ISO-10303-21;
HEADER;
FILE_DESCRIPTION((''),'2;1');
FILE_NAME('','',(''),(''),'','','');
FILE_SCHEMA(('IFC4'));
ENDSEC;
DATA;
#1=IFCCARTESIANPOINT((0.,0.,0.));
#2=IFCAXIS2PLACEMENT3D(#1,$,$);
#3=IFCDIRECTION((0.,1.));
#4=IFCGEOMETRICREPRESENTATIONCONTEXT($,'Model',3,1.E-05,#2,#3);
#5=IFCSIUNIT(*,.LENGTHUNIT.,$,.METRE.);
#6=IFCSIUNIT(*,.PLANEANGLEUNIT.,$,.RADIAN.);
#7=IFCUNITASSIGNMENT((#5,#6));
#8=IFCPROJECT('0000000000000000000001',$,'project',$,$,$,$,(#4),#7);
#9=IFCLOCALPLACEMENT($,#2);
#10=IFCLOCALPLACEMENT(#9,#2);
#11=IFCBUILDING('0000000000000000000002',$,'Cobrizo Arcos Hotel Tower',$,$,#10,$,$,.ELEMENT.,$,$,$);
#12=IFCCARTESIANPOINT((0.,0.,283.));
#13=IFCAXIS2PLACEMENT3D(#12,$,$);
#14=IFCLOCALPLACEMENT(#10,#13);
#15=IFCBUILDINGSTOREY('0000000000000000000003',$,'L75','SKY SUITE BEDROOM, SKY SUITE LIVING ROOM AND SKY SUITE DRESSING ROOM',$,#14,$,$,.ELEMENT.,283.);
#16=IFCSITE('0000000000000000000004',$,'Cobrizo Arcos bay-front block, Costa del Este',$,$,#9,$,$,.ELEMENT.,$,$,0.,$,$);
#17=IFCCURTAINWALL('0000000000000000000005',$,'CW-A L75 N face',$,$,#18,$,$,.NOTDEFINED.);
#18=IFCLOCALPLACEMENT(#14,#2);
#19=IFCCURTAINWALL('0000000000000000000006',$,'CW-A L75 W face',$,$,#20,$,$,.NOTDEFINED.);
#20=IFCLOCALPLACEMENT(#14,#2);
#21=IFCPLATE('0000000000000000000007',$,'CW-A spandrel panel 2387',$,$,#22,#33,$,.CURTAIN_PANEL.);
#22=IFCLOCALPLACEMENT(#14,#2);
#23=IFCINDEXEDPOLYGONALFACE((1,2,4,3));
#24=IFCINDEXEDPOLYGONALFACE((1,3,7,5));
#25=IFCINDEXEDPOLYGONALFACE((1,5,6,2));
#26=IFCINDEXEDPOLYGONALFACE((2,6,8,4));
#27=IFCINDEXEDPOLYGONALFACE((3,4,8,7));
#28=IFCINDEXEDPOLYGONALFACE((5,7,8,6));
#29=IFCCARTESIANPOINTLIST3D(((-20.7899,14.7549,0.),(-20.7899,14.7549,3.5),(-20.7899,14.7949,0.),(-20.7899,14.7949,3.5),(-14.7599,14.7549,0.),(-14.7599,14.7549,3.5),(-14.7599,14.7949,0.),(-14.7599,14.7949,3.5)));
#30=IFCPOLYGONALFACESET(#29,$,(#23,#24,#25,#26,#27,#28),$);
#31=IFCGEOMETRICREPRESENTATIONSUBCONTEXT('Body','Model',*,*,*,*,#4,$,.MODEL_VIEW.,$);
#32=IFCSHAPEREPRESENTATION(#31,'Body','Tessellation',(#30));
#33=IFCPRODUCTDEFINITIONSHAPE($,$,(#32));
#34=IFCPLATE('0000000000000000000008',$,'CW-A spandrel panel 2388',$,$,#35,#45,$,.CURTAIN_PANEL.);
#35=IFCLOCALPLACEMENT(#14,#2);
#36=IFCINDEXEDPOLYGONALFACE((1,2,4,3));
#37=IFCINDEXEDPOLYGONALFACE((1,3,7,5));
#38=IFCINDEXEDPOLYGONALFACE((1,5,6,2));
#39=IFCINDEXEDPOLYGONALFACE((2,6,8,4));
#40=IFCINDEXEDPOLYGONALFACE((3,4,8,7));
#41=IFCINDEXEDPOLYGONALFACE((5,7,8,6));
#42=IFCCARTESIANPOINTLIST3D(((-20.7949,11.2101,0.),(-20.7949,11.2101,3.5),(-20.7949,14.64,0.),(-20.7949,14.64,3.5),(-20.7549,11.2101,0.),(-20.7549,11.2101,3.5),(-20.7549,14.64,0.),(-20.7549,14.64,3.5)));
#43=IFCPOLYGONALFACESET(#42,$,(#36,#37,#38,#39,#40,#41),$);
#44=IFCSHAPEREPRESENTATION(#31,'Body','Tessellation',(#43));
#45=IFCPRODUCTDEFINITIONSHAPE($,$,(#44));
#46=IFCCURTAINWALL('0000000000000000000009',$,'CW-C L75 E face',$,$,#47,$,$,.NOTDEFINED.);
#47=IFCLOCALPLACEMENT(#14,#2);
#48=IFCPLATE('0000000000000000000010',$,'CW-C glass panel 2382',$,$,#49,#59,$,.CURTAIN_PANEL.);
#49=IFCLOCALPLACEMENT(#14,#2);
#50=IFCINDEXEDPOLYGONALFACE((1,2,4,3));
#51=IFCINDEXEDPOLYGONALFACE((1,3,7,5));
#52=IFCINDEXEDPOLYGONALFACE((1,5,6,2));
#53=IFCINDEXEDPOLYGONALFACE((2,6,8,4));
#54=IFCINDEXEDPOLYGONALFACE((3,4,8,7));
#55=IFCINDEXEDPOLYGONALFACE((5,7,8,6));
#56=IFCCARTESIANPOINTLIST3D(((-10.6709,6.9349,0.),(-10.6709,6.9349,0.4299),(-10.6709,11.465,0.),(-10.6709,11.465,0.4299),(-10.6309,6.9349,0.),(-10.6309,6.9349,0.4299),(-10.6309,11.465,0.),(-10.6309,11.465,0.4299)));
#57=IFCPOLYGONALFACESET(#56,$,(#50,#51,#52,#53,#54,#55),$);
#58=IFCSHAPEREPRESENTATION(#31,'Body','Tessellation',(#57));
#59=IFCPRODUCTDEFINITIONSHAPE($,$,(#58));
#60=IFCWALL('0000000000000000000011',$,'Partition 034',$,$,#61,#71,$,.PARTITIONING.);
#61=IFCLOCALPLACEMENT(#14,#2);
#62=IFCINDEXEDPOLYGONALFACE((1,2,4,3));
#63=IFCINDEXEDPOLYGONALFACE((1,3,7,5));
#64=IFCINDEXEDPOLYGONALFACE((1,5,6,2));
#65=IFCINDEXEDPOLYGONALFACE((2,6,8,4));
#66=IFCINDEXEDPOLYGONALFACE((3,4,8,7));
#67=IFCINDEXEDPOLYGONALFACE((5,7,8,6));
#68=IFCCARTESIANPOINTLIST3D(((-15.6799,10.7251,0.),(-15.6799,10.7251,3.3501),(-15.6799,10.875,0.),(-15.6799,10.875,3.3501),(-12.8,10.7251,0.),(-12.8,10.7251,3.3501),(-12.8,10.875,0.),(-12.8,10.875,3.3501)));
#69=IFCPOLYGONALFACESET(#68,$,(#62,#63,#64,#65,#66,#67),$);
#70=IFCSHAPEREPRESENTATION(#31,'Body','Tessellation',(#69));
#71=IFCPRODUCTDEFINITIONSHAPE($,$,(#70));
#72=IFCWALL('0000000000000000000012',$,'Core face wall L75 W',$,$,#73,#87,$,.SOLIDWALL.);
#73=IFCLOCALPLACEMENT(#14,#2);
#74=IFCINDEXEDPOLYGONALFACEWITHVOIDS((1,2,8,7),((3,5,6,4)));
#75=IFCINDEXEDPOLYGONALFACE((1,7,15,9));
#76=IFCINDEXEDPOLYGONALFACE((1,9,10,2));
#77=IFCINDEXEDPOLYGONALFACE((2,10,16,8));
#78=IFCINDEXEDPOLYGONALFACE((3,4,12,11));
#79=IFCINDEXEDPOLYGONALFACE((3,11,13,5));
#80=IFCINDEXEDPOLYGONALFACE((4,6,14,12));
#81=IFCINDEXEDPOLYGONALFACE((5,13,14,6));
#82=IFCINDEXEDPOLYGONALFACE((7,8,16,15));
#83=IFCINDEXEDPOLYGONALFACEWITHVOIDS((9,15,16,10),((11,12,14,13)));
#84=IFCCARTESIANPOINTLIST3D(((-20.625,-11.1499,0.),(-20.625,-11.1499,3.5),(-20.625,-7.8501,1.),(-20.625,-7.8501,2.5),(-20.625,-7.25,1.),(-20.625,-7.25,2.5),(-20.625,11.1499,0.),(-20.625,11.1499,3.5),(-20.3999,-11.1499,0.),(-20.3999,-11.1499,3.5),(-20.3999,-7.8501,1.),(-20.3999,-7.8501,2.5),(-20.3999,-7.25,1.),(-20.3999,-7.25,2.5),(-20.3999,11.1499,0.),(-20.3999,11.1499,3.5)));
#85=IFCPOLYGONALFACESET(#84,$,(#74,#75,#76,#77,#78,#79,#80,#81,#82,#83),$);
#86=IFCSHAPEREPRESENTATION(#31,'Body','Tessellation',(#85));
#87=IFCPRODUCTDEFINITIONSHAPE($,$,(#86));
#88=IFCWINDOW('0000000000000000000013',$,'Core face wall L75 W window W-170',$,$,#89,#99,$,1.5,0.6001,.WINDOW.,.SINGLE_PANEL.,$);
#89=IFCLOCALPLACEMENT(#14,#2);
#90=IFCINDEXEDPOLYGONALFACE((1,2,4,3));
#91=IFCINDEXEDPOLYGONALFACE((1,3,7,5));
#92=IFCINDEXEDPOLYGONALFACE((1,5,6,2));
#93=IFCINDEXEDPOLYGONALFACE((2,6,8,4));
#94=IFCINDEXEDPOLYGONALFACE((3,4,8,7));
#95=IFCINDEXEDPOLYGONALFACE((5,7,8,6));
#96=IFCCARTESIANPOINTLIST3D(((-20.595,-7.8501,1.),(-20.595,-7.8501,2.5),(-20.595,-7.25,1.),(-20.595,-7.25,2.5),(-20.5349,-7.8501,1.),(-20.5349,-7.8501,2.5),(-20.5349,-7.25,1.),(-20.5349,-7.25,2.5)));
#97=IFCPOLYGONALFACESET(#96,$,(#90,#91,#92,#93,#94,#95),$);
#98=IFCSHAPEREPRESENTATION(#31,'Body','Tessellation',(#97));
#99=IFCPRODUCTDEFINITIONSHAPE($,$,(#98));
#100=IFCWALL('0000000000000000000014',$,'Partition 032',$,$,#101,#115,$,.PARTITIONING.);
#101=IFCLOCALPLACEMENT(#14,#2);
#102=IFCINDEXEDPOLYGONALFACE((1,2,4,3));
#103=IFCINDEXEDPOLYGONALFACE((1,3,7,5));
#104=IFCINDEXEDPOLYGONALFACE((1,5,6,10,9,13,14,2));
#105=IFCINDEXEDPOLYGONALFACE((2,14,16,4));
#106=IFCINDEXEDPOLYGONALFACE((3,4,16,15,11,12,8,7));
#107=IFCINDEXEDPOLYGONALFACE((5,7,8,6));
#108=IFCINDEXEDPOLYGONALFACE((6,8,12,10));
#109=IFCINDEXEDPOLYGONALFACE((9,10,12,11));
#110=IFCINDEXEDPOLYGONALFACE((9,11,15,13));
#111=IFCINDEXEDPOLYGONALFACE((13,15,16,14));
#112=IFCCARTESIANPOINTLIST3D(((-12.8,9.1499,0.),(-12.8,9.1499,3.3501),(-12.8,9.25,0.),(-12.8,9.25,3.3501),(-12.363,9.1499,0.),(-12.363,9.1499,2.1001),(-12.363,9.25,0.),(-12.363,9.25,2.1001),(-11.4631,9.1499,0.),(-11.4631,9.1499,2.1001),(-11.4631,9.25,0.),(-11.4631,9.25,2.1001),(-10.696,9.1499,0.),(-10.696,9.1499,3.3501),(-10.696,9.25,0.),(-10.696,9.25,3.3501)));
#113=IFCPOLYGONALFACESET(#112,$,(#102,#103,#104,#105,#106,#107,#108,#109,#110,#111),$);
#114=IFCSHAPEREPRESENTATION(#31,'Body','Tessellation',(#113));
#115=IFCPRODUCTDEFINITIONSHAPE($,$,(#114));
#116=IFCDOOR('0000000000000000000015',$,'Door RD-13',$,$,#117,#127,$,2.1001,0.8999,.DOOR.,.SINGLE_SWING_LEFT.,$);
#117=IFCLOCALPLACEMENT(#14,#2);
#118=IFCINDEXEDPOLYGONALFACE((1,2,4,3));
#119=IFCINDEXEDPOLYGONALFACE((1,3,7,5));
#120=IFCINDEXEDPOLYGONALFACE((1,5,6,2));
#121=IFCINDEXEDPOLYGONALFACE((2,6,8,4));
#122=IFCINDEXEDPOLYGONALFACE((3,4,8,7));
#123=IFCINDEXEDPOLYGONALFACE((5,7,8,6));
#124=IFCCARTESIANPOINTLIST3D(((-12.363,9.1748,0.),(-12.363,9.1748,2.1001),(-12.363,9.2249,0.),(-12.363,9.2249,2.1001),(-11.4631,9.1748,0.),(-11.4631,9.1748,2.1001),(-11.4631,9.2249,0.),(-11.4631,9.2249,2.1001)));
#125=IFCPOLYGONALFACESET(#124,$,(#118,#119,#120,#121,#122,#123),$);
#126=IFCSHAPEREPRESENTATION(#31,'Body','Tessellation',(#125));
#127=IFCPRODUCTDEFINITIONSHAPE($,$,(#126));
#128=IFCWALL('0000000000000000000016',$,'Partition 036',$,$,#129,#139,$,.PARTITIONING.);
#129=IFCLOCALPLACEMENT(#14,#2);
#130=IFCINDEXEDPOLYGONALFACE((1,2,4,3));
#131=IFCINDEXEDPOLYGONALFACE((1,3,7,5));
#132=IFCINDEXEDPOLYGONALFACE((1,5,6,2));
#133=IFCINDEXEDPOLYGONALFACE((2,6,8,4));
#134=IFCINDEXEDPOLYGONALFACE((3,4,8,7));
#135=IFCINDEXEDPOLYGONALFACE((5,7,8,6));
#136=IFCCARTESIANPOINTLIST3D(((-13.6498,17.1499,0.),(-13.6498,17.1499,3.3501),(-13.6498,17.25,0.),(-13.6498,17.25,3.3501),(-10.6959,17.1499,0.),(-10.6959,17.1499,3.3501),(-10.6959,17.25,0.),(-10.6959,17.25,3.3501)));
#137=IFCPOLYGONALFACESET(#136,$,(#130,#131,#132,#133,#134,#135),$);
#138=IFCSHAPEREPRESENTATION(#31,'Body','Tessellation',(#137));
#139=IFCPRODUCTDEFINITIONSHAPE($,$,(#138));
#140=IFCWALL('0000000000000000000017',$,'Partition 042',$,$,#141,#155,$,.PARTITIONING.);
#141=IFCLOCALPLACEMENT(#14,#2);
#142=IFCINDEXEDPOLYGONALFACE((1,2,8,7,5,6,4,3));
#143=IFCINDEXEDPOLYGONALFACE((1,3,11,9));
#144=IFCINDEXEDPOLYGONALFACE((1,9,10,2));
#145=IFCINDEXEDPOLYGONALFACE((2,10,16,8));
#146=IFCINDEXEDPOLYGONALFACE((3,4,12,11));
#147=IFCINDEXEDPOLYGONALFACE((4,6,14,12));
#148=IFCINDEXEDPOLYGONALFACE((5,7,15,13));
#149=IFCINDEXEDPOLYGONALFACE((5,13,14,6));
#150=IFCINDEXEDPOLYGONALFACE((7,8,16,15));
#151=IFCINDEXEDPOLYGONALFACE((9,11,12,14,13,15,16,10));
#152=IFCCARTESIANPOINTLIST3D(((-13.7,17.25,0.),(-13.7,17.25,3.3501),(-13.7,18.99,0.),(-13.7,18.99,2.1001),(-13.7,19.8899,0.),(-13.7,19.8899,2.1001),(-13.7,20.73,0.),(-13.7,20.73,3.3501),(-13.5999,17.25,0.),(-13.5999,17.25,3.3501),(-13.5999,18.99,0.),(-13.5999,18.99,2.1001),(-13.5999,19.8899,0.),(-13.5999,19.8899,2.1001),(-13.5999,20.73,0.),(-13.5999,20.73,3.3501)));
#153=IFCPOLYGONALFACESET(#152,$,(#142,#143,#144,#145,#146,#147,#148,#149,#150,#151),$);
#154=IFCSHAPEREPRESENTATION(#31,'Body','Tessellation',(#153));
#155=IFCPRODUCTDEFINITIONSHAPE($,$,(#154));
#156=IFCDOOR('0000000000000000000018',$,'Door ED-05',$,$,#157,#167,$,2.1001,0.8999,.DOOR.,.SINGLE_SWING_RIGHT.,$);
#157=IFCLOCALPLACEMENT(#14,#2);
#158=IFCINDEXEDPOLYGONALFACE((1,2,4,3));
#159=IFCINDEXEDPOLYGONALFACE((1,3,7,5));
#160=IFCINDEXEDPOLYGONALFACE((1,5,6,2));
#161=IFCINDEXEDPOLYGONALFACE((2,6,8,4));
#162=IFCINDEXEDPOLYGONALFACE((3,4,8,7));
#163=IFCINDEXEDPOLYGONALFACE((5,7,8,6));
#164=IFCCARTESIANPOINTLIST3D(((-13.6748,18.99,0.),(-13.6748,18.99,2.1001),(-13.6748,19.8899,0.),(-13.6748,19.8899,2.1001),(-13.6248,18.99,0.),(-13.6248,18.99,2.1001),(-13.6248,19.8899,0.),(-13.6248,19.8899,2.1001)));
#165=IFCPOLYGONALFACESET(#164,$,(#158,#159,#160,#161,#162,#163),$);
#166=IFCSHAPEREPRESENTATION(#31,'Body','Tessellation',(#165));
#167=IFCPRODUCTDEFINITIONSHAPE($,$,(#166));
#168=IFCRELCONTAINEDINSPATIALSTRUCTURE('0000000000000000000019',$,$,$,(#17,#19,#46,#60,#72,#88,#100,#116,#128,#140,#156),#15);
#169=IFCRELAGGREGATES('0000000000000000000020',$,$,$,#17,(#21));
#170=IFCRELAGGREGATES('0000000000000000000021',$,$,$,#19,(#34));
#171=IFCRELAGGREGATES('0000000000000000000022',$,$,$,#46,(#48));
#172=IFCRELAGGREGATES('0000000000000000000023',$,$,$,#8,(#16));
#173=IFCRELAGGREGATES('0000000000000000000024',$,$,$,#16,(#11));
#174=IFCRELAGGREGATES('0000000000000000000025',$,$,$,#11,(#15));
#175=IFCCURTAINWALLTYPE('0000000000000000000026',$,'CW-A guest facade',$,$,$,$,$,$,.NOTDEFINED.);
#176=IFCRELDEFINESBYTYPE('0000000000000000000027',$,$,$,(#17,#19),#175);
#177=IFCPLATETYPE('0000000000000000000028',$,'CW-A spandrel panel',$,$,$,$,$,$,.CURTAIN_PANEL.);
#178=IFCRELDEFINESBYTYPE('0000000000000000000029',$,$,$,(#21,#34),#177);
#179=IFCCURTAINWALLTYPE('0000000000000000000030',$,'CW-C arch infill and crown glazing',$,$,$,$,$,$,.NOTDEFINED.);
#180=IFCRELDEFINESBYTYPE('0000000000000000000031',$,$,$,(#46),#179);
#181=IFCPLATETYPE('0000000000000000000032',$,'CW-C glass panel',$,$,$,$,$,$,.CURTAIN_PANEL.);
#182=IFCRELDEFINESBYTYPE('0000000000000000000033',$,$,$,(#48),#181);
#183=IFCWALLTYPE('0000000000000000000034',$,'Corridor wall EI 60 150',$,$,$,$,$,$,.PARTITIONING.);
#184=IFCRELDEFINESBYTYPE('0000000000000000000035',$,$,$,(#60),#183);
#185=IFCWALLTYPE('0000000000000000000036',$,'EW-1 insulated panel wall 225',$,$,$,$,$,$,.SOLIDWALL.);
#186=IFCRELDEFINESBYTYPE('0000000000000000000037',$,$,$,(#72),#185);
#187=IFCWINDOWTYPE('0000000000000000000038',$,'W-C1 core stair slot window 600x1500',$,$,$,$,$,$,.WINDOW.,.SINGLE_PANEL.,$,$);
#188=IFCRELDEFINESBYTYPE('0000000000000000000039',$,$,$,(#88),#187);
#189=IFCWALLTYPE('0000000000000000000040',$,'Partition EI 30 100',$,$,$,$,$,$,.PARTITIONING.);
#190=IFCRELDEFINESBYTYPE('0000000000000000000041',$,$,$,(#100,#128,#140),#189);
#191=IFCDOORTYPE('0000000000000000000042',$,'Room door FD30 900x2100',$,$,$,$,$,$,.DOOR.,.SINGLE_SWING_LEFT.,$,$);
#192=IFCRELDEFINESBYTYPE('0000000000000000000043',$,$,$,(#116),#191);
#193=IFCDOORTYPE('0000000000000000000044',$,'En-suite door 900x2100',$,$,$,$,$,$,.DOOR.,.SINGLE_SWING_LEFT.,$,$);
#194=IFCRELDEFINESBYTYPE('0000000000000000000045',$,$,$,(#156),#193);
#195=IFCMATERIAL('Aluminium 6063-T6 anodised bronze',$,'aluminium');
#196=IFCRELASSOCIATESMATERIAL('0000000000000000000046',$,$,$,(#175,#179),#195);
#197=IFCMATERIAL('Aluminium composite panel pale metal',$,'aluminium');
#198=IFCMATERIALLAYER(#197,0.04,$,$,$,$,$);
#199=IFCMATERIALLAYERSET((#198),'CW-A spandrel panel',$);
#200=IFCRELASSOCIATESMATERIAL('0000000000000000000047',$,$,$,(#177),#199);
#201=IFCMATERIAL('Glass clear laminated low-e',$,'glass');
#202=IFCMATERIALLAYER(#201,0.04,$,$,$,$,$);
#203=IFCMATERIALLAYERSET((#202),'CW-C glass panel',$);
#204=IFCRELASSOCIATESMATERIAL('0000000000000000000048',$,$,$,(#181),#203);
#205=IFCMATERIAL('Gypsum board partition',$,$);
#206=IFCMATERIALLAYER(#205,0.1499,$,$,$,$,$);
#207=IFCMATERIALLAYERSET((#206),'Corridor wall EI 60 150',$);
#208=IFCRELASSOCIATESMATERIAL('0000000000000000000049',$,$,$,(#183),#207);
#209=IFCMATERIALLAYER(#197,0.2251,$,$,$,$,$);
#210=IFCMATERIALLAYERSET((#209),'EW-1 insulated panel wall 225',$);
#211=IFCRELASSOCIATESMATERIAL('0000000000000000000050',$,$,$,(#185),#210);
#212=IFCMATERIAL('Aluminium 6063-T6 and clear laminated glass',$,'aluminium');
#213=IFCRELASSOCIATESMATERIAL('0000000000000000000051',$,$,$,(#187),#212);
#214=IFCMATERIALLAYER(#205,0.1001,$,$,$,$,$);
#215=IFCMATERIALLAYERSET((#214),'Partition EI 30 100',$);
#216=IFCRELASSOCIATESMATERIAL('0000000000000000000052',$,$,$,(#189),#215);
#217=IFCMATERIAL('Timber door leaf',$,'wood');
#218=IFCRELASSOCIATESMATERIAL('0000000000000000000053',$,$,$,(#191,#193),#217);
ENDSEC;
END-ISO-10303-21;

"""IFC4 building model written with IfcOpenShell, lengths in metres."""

from ifc_helpers import new_model, si_unit, direction, frame, frame_2d, origin, origin_2d, place, context, subcontext, project, spatial, rectangle, extrude, material, layer, layer_set, type_object, element, fill, aggregate, save


model = new_model("IFC4")

# Units and contexts
model_context = context("Model", 3, precision=1e-05, world=origin(), true_north=direction((0.0, 1.0)))
body_context = subcontext(model_context, "Body", "Model", "MODEL_VIEW")
ifc_project = project(units=[si_unit("LENGTHUNIT", "METRE"), si_unit("PLANEANGLEUNIT", "RADIAN")], contexts=[model_context])

# Site, building, storey
site_placement = place(None, origin())
site = spatial("IfcSite", under=ifc_project, at=site_placement, Name="Cobrizo Arcos bay-front block, Costa del Este", CompositionType="ELEMENT", RefElevation=0.0)
building_placement = place(site_placement, origin())
building = spatial("IfcBuilding", under=site, at=building_placement, Name="Cobrizo Arcos Hotel Tower", CompositionType="ELEMENT")
storey_placement = place(building_placement, frame((0.0, 0.0, 283.0)))
storey = spatial("IfcBuildingStorey", under=building, at=storey_placement, Name="L75", Description="SKY SUITE BEDROOM, SKY SUITE LIVING ROOM AND SKY SUITE DRESSING ROOM", CompositionType="ELEMENT", Elevation=283.0)

# Shared definitions
ifc_material_1 = material(Name="Aluminium 6063-T6 anodised bronze", Category="aluminium")
curtain_wall_type_1 = type_object("IfcCurtainWallType", Name="CW-A guest facade", PredefinedType="NOTDEFINED", material=ifc_material_1)

# Curtain walls
curtain_wall_1_placement = place(storey_placement, origin())
curtain_wall_1 = element("IfcCurtainWall", 1, at=curtain_wall_1_placement, inside=storey, type_object=curtain_wall_type_1, Name="CW-A L75 N face", PredefinedType="NOTDEFINED")
curtain_wall_2_placement = place(storey_placement, origin())
curtain_wall_2 = element("IfcCurtainWall", 2, at=curtain_wall_2_placement, inside=storey, type_object=curtain_wall_type_1, Name="CW-A L75 W face", PredefinedType="NOTDEFINED")

# Plates
ifc_material_2 = material(Name="Aluminium composite panel pale metal", Category="aluminium")
ifc_layer_1 = layer(ifc_material_2, 0.04)
ifc_layer_set_1 = layer_set([ifc_layer_1], Name="CW-A spandrel panel")
plate_type_1 = type_object("IfcPlateType", Name="CW-A spandrel panel", PredefinedType="CURTAIN_PANEL", material=ifc_layer_set_1)
plate_1_placement = place(storey_placement, frame((-17.7749, 14.7749, 0.0), z_axis=(0.0, 0.0, 1.0), x_axis=(-1.0, 0.0, 0.0)))
plate_1 = element("IfcPlate", 3, at=plate_1_placement, type_object=plate_type_1, Name="CW-A spandrel panel 2387", PredefinedType="CURTAIN_PANEL", context=body_context, shape_type="SweptSolid", body=[
    extrude(rectangle(XDim=6.03, YDim=0.04, at=origin_2d()), origin(), (0.0, 0.0, 1.0), 3.5),
])
aggregate(curtain_wall_1, [plate_1])
plate_2_placement = place(storey_placement, frame((-20.7749, 12.925, 0.0), z_axis=(0.0, 0.0, 1.0), x_axis=(0.0, -1.0, 0.0)))
plate_2 = element("IfcPlate", 4, at=plate_2_placement, type_object=plate_type_1, Name="CW-A spandrel panel 2388", PredefinedType="CURTAIN_PANEL", context=body_context, shape_type="SweptSolid", body=[
    extrude(rectangle(XDim=3.4299, YDim=0.04, at=origin_2d()), origin(), (0.0, 0.0, 1.0), 3.5),
])
aggregate(curtain_wall_2, [plate_2])

# Curtain wall, plate
curtain_wall_type_2 = type_object("IfcCurtainWallType", Name="CW-C arch infill and crown glazing", PredefinedType="NOTDEFINED", material=ifc_material_1)
curtain_wall_3_placement = place(storey_placement, origin())
curtain_wall_3 = element("IfcCurtainWall", 5, at=curtain_wall_3_placement, inside=storey, type_object=curtain_wall_type_2, Name="CW-C L75 E face", PredefinedType="NOTDEFINED")
ifc_material_3 = material(Name="Glass clear laminated low-e", Category="glass")
ifc_layer_2 = layer(ifc_material_3, 0.04)
ifc_layer_set_2 = layer_set([ifc_layer_2], Name="CW-C glass panel")
plate_type_2 = type_object("IfcPlateType", Name="CW-C glass panel", PredefinedType="CURTAIN_PANEL", material=ifc_layer_set_2)
plate_3_placement = place(storey_placement, frame((-10.6509, 9.2, 0.0), z_axis=(0.0, 0.0, 1.0), x_axis=(0.0, 1.0, 0.0)))
plate_3 = element("IfcPlate", 6, at=plate_3_placement, type_object=plate_type_2, Name="CW-C glass panel 2382", PredefinedType="CURTAIN_PANEL", context=body_context, shape_type="SweptSolid", body=[
    extrude(rectangle(XDim=4.53, YDim=0.04, at=origin_2d()), origin(), (0.0, 0.0, 1.0), 0.4299),
])
aggregate(curtain_wall_3, [plate_3])

# Wall
ifc_material_4 = material(Name="Gypsum board partition")
ifc_layer_3 = layer(ifc_material_4, 0.1499)
ifc_layer_set_3 = layer_set([ifc_layer_3], Name="Corridor wall EI 60 150")
wall_type_1 = type_object("IfcWallType", Name="Corridor wall EI 60 150", PredefinedType="PARTITIONING", material=ifc_layer_set_3)
wall_1_placement = place(storey_placement, frame((-15.6799, 10.8, 0.0), z_axis=(0.0, 0.0, 1.0), x_axis=(1.0, 0.0, 0.0)))
element("IfcWall", 7, at=wall_1_placement, inside=storey, type_object=wall_type_1, Name="Partition 034", PredefinedType="PARTITIONING", context=body_context, shape_type="SweptSolid", body=[
    extrude(rectangle(XDim=2.8799, YDim=0.1499, at=frame_2d((1.4399, 0.0))), origin(), (0.0, 0.0, 1.0), 3.3501),
])

# Wall, opening, window
ifc_layer_4 = layer(ifc_material_2, 0.2251)
ifc_layer_set_4 = layer_set([ifc_layer_4], Name="EW-1 insulated panel wall 225")
wall_type_2 = type_object("IfcWallType", Name="EW-1 insulated panel wall 225", PredefinedType="SOLIDWALL", material=ifc_layer_set_4)
wall_2_placement = place(storey_placement, frame((-20.5125, 11.1499, 0.0), z_axis=(0.0, 0.0, 1.0), x_axis=(0.0, -1.0, 0.0)))
wall_2 = element("IfcWall", 8, at=wall_2_placement, inside=storey, type_object=wall_type_2, Name="Core face wall L75 W", PredefinedType="SOLIDWALL", context=body_context, shape_type="SweptSolid", body=[
    extrude(rectangle(XDim=22.2998, YDim=0.2251, at=frame_2d((11.1499, 0.0))), origin(), (0.0, 0.0, 1.0), 3.5),
])
opening_1_placement = place(wall_2_placement, frame((18.3999, 0.0, 1.0)))
opening_1 = element("IfcOpeningElement", 9, at=opening_1_placement, cuts=wall_2, PredefinedType="OPENING", context=body_context, shape_type="SweptSolid", body=[
    extrude(rectangle(XDim=0.6001, YDim=1.5, at=frame_2d((0.3, 0.75))), frame((0.0, 0.1245, 0.0), z_axis=(0.0, -1.0, 0.0), x_axis=(1.0, 0.0, 0.0)), (0.0, 0.0, 1.0), 0.249),
])
ifc_material_5 = material(Name="Aluminium 6063-T6 and clear laminated glass", Category="aluminium")
window_type = type_object("IfcWindowType", Name="W-C1 core stair slot window 600x1500", PartitioningType="SINGLE_PANEL", PredefinedType="WINDOW", material=ifc_material_5)
window_placement = place(opening_1_placement, origin())
window = element("IfcWindow", 10, at=window_placement, inside=storey, type_object=window_type, Name="Core face wall L75 W window W-170", OverallHeight=1.5, OverallWidth=0.6001, PartitioningType="SINGLE_PANEL", PredefinedType="WINDOW", context=body_context, shape_type="SweptSolid", body=[
    extrude(rectangle(XDim=0.6001, YDim=1.5, at=frame_2d((0.3, 0.75))), frame((0.0, -0.0225, 0.0), z_axis=(0.0, -1.0, 0.0), x_axis=(1.0, 0.0, 0.0)), (0.0, 0.0, 1.0), 0.0601),
])
fill(opening_1, window)

# Wall, opening, door
ifc_layer_5 = layer(ifc_material_4, 0.1001)
ifc_layer_set_5 = layer_set([ifc_layer_5], Name="Partition EI 30 100")
wall_type_3 = type_object("IfcWallType", Name="Partition EI 30 100", PredefinedType="PARTITIONING", material=ifc_layer_set_5)
wall_3_placement = place(storey_placement, frame((-12.8, 9.2, 0.0), z_axis=(0.0, 0.0, 1.0), x_axis=(1.0, 0.0, 0.0)))
wall_3 = element("IfcWall", 11, at=wall_3_placement, inside=storey, type_object=wall_type_3, Name="Partition 032", PredefinedType="PARTITIONING", context=body_context, shape_type="SweptSolid", body=[
    extrude(rectangle(XDim=2.104, YDim=0.1001, at=frame_2d((1.052, 0.0))), origin(), (0.0, 0.0, 1.0), 3.3501),
])
opening_2_placement = place(wall_3_placement, frame((0.437, 0.0, 0.0)))
opening_2 = element("IfcOpeningElement", 12, at=opening_2_placement, cuts=wall_3, PredefinedType="OPENING", context=body_context, shape_type="SweptSolid", body=[
    extrude(rectangle(XDim=0.8999, YDim=2.1001, at=frame_2d((0.45, 1.05))), frame((0.0, 0.062, 0.0), z_axis=(0.0, -1.0, 0.0), x_axis=(1.0, 0.0, 0.0)), (0.0, 0.0, 1.0), 0.124),
])
ifc_material_6 = material(Name="Timber door leaf", Category="wood")
door_type_1 = type_object("IfcDoorType", Name="Room door FD30 900x2100", OperationType="SINGLE_SWING_LEFT", PredefinedType="DOOR", material=ifc_material_6)
door_1_placement = place(opening_2_placement, origin())
door_1 = element("IfcDoor", 13, at=door_1_placement, inside=storey, type_object=door_type_1, Name="Door RD-13", OperationType="SINGLE_SWING_LEFT", OverallHeight=2.1001, OverallWidth=0.8999, PredefinedType="DOOR", context=body_context, shape_type="SweptSolid", body=[
    extrude(rectangle(XDim=0.8999, YDim=2.1001, at=frame_2d((0.45, 1.05))), frame((0.0, 0.0249, 0.0), z_axis=(0.0, -1.0, 0.0), x_axis=(1.0, 0.0, 0.0)), (0.0, 0.0, 1.0), 0.05),
])
fill(opening_2, door_1)

# Wall
wall_4_placement = place(storey_placement, frame((-13.6499, 17.2, 0.0), z_axis=(0.0, 0.0, 1.0), x_axis=(1.0, 0.0, 0.0)))
element("IfcWall", 14, at=wall_4_placement, inside=storey, type_object=wall_type_3, Name="Partition 036", PredefinedType="PARTITIONING", context=body_context, shape_type="SweptSolid", body=[
    extrude(rectangle(XDim=2.9539, YDim=0.1001, at=frame_2d((1.4771, 0.0))), origin(), (0.0, 0.0, 1.0), 3.3501),
])

# Wall, opening, door
wall_5_placement = place(storey_placement, frame((-13.6499, 17.25, 0.0), z_axis=(0.0, 0.0, 1.0), x_axis=(0.0, 1.0, 0.0)))
wall_5 = element("IfcWall", 15, at=wall_5_placement, inside=storey, type_object=wall_type_3, Name="Partition 042", PredefinedType="PARTITIONING", context=body_context, shape_type="SweptSolid", body=[
    extrude(rectangle(XDim=3.48, YDim=0.1001, at=frame_2d((1.74, 0.0))), origin(), (0.0, 0.0, 1.0), 3.3501),
])
opening_3_placement = place(wall_5_placement, frame((1.74, 0.0, 0.0)))
opening_3 = element("IfcOpeningElement", 16, at=opening_3_placement, cuts=wall_5, PredefinedType="OPENING", context=body_context, shape_type="SweptSolid", body=[
    extrude(rectangle(XDim=0.8999, YDim=2.1001, at=frame_2d((0.45, 1.05))), frame((0.0, 0.062, 0.0), z_axis=(0.0, -1.0, 0.0), x_axis=(1.0, 0.0, 0.0)), (0.0, 0.0, 1.0), 0.124),
])
door_type_2 = type_object("IfcDoorType", Name="En-suite door 900x2100", OperationType="SINGLE_SWING_LEFT", PredefinedType="DOOR", material=ifc_material_6)
door_2_placement = place(opening_3_placement, origin())
door_2 = element("IfcDoor", 17, at=door_2_placement, inside=storey, type_object=door_type_2, Name="Door ED-05", OperationType="SINGLE_SWING_RIGHT", OverallHeight=2.1001, OverallWidth=0.8999, PredefinedType="DOOR", context=body_context, shape_type="SweptSolid", body=[
    extrude(rectangle(XDim=0.8999, YDim=2.1001, at=frame_2d((0.45, 1.05))), frame((0.0, 0.0249, 0.0), z_axis=(0.0, -1.0, 0.0), x_axis=(1.0, 0.0, 0.0)), (0.0, 0.0, 1.0), 0.05),
])
fill(opening_3, door_2)

save(model, "model.ifc")
